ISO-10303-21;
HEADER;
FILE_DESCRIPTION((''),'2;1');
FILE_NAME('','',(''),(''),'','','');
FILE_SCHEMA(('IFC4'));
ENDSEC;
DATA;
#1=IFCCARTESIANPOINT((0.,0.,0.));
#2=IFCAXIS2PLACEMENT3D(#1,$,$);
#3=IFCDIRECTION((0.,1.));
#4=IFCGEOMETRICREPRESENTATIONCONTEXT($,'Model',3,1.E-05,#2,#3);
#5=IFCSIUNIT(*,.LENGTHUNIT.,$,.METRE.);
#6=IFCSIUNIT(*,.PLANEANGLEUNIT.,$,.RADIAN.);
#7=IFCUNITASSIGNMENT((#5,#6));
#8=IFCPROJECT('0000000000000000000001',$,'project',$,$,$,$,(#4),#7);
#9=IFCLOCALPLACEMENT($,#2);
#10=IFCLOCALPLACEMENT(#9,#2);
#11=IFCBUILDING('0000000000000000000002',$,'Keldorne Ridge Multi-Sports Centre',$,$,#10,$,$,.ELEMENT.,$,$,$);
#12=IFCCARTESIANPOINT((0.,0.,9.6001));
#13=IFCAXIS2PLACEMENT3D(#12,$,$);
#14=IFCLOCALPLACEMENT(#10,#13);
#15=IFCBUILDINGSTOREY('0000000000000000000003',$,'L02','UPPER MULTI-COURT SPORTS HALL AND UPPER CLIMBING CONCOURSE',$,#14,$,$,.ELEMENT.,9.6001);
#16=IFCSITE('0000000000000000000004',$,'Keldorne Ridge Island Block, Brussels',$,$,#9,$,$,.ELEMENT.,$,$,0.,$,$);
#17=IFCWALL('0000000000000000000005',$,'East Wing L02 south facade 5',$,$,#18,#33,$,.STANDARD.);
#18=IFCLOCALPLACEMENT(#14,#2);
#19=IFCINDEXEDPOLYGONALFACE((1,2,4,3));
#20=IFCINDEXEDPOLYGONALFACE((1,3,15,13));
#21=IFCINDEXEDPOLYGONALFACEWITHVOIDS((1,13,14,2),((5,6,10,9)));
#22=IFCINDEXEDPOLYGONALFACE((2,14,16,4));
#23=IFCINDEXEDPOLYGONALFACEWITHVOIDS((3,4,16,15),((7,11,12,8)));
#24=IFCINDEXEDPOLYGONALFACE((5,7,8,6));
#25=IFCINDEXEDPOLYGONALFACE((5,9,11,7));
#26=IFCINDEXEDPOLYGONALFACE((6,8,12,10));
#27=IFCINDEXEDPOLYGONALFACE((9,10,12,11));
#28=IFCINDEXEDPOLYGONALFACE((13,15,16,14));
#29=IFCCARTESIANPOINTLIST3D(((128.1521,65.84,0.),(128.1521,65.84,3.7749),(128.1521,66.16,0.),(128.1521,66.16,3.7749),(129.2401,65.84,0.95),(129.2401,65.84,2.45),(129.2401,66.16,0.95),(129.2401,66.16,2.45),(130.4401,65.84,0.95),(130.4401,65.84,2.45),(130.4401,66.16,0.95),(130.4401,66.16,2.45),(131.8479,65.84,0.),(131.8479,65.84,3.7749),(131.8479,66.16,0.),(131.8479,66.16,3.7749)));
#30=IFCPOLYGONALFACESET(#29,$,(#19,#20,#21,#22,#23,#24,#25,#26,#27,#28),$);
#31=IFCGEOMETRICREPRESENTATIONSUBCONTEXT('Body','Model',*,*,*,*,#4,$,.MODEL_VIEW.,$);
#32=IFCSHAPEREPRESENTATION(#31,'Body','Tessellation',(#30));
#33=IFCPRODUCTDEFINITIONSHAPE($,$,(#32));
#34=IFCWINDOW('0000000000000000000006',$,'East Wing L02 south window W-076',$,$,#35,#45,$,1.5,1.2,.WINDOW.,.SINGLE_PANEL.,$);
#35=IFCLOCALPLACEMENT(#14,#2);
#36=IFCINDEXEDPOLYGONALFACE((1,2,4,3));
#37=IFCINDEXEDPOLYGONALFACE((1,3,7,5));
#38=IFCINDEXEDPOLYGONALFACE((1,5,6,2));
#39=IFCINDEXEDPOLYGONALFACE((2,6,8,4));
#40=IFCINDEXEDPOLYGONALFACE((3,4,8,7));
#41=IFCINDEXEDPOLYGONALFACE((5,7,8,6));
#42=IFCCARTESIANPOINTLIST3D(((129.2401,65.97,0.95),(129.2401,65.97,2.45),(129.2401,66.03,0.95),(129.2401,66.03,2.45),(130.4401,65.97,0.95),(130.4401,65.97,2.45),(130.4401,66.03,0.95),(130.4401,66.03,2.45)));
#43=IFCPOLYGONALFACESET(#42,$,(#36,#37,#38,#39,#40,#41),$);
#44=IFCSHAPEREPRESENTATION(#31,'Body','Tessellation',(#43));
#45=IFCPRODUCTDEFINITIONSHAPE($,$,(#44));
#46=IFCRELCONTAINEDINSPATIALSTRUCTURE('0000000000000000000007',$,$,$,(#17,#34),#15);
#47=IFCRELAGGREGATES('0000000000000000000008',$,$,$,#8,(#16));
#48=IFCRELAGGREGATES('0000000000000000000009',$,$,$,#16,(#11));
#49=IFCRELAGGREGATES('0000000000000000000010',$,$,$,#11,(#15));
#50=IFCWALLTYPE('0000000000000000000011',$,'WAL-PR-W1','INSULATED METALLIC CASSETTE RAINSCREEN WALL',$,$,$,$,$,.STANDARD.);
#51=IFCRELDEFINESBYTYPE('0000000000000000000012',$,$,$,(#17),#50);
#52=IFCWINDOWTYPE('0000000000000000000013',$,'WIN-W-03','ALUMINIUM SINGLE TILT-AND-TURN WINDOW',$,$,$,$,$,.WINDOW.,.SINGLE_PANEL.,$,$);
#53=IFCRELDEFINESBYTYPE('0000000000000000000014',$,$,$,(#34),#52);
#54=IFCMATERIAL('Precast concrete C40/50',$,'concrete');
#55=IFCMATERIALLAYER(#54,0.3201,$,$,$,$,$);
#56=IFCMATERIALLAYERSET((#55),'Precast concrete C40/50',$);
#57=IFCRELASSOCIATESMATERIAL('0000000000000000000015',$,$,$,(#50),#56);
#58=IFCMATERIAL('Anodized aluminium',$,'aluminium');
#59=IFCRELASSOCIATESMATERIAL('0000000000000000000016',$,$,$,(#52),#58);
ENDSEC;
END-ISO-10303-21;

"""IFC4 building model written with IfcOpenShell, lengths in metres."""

from ifc_helpers import new_model, si_unit, direction, frame, frame_2d, origin, place, context, subcontext, project, spatial, rectangle, extrude, material, layer, layer_set, type_object, element, fill, save


model = new_model("IFC4")

# Units and contexts
model_context = context("Model", 3, precision=1e-05, world=origin(), true_north=direction((0.0, 1.0)))
body_context = subcontext(model_context, "Body", "Model", "MODEL_VIEW")
ifc_project = project(units=[si_unit("LENGTHUNIT", "METRE"), si_unit("PLANEANGLEUNIT", "RADIAN")], contexts=[model_context])

# Site, building, storey
site_placement = place(None, origin())
site = spatial("IfcSite", under=ifc_project, at=site_placement, Name="Keldorne Ridge Island Block, Brussels", CompositionType="ELEMENT", RefElevation=0.0)
building_placement = place(site_placement, origin())
building = spatial("IfcBuilding", under=site, at=building_placement, Name="Keldorne Ridge Multi-Sports Centre", CompositionType="ELEMENT")
storey_placement = place(building_placement, frame((0.0, 0.0, 9.6001)))
storey = spatial("IfcBuildingStorey", under=building, at=storey_placement, Name="L02", Description="UPPER MULTI-COURT SPORTS HALL AND UPPER CLIMBING CONCOURSE", CompositionType="ELEMENT", Elevation=9.6001)

# Shared definitions
ifc_material_1 = material(Name="Anodized aluminium", Category="aluminium")

# Wall, opening, window
ifc_material_2 = material(Name="Precast concrete C40/50", Category="concrete")
ifc_layer_1 = layer(ifc_material_2, 0.3201)
ifc_layer_set_1 = layer_set([ifc_layer_1], Name="Precast concrete C40/50")
wall_type = type_object("IfcWallType", Name="WAL-PR-W1", Description="INSULATED METALLIC CASSETTE RAINSCREEN WALL", PredefinedType="STANDARD", material=ifc_layer_set_1)
wall_placement = place(storey_placement, frame((128.1521, 66.0, 0.0), z_axis=(0.0, 0.0, 1.0), x_axis=(1.0, 0.0, 0.0)))
wall = element("IfcWall", 1, at=wall_placement, inside=storey, type_object=wall_type, Name="East Wing L02 south facade 5", PredefinedType="STANDARD", context=body_context, shape_type="SweptSolid", body=[
    extrude(rectangle(XDim=3.6958, YDim=0.3201, at=frame_2d((1.8479, 0.0))), origin(), (0.0, 0.0, 1.0), 3.7749),
])
opening_placement = place(wall_placement, frame((1.0879, 0.0, 0.95)))
opening = element("IfcOpeningElement", 2, at=opening_placement, cuts=wall, PredefinedType="OPENING", context=body_context, shape_type="SweptSolid", body=[
    extrude(rectangle(XDim=1.2, YDim=1.5, at=frame_2d((0.6001, 0.75))), frame((0.0, 0.1699, 0.0), z_axis=(0.0, -1.0, 0.0), x_axis=(1.0, 0.0, 0.0)), (0.0, 0.0, 1.0), 0.3401),
])
window_type = type_object("IfcWindowType", Name="WIN-W-03", Description="ALUMINIUM SINGLE TILT-AND-TURN WINDOW", PartitioningType="SINGLE_PANEL", PredefinedType="WINDOW", material=ifc_material_1)
window_placement = place(opening_placement, origin())
window = element("IfcWindow", 3, at=window_placement, inside=storey, type_object=window_type, Name="East Wing L02 south window W-076", OverallHeight=1.5, OverallWidth=1.2, PartitioningType="SINGLE_PANEL", PredefinedType="WINDOW", context=body_context, shape_type="SweptSolid", body=[
    extrude(rectangle(XDim=1.2, YDim=1.5, at=frame_2d((0.6001, 0.75))), frame((0.0, 0.03, 0.0), z_axis=(0.0, -1.0, 0.0), x_axis=(1.0, 0.0, 0.0)), (0.0, 0.0, 1.0), 0.0601),
])
fill(opening, window)

save(model, "model.ifc")
